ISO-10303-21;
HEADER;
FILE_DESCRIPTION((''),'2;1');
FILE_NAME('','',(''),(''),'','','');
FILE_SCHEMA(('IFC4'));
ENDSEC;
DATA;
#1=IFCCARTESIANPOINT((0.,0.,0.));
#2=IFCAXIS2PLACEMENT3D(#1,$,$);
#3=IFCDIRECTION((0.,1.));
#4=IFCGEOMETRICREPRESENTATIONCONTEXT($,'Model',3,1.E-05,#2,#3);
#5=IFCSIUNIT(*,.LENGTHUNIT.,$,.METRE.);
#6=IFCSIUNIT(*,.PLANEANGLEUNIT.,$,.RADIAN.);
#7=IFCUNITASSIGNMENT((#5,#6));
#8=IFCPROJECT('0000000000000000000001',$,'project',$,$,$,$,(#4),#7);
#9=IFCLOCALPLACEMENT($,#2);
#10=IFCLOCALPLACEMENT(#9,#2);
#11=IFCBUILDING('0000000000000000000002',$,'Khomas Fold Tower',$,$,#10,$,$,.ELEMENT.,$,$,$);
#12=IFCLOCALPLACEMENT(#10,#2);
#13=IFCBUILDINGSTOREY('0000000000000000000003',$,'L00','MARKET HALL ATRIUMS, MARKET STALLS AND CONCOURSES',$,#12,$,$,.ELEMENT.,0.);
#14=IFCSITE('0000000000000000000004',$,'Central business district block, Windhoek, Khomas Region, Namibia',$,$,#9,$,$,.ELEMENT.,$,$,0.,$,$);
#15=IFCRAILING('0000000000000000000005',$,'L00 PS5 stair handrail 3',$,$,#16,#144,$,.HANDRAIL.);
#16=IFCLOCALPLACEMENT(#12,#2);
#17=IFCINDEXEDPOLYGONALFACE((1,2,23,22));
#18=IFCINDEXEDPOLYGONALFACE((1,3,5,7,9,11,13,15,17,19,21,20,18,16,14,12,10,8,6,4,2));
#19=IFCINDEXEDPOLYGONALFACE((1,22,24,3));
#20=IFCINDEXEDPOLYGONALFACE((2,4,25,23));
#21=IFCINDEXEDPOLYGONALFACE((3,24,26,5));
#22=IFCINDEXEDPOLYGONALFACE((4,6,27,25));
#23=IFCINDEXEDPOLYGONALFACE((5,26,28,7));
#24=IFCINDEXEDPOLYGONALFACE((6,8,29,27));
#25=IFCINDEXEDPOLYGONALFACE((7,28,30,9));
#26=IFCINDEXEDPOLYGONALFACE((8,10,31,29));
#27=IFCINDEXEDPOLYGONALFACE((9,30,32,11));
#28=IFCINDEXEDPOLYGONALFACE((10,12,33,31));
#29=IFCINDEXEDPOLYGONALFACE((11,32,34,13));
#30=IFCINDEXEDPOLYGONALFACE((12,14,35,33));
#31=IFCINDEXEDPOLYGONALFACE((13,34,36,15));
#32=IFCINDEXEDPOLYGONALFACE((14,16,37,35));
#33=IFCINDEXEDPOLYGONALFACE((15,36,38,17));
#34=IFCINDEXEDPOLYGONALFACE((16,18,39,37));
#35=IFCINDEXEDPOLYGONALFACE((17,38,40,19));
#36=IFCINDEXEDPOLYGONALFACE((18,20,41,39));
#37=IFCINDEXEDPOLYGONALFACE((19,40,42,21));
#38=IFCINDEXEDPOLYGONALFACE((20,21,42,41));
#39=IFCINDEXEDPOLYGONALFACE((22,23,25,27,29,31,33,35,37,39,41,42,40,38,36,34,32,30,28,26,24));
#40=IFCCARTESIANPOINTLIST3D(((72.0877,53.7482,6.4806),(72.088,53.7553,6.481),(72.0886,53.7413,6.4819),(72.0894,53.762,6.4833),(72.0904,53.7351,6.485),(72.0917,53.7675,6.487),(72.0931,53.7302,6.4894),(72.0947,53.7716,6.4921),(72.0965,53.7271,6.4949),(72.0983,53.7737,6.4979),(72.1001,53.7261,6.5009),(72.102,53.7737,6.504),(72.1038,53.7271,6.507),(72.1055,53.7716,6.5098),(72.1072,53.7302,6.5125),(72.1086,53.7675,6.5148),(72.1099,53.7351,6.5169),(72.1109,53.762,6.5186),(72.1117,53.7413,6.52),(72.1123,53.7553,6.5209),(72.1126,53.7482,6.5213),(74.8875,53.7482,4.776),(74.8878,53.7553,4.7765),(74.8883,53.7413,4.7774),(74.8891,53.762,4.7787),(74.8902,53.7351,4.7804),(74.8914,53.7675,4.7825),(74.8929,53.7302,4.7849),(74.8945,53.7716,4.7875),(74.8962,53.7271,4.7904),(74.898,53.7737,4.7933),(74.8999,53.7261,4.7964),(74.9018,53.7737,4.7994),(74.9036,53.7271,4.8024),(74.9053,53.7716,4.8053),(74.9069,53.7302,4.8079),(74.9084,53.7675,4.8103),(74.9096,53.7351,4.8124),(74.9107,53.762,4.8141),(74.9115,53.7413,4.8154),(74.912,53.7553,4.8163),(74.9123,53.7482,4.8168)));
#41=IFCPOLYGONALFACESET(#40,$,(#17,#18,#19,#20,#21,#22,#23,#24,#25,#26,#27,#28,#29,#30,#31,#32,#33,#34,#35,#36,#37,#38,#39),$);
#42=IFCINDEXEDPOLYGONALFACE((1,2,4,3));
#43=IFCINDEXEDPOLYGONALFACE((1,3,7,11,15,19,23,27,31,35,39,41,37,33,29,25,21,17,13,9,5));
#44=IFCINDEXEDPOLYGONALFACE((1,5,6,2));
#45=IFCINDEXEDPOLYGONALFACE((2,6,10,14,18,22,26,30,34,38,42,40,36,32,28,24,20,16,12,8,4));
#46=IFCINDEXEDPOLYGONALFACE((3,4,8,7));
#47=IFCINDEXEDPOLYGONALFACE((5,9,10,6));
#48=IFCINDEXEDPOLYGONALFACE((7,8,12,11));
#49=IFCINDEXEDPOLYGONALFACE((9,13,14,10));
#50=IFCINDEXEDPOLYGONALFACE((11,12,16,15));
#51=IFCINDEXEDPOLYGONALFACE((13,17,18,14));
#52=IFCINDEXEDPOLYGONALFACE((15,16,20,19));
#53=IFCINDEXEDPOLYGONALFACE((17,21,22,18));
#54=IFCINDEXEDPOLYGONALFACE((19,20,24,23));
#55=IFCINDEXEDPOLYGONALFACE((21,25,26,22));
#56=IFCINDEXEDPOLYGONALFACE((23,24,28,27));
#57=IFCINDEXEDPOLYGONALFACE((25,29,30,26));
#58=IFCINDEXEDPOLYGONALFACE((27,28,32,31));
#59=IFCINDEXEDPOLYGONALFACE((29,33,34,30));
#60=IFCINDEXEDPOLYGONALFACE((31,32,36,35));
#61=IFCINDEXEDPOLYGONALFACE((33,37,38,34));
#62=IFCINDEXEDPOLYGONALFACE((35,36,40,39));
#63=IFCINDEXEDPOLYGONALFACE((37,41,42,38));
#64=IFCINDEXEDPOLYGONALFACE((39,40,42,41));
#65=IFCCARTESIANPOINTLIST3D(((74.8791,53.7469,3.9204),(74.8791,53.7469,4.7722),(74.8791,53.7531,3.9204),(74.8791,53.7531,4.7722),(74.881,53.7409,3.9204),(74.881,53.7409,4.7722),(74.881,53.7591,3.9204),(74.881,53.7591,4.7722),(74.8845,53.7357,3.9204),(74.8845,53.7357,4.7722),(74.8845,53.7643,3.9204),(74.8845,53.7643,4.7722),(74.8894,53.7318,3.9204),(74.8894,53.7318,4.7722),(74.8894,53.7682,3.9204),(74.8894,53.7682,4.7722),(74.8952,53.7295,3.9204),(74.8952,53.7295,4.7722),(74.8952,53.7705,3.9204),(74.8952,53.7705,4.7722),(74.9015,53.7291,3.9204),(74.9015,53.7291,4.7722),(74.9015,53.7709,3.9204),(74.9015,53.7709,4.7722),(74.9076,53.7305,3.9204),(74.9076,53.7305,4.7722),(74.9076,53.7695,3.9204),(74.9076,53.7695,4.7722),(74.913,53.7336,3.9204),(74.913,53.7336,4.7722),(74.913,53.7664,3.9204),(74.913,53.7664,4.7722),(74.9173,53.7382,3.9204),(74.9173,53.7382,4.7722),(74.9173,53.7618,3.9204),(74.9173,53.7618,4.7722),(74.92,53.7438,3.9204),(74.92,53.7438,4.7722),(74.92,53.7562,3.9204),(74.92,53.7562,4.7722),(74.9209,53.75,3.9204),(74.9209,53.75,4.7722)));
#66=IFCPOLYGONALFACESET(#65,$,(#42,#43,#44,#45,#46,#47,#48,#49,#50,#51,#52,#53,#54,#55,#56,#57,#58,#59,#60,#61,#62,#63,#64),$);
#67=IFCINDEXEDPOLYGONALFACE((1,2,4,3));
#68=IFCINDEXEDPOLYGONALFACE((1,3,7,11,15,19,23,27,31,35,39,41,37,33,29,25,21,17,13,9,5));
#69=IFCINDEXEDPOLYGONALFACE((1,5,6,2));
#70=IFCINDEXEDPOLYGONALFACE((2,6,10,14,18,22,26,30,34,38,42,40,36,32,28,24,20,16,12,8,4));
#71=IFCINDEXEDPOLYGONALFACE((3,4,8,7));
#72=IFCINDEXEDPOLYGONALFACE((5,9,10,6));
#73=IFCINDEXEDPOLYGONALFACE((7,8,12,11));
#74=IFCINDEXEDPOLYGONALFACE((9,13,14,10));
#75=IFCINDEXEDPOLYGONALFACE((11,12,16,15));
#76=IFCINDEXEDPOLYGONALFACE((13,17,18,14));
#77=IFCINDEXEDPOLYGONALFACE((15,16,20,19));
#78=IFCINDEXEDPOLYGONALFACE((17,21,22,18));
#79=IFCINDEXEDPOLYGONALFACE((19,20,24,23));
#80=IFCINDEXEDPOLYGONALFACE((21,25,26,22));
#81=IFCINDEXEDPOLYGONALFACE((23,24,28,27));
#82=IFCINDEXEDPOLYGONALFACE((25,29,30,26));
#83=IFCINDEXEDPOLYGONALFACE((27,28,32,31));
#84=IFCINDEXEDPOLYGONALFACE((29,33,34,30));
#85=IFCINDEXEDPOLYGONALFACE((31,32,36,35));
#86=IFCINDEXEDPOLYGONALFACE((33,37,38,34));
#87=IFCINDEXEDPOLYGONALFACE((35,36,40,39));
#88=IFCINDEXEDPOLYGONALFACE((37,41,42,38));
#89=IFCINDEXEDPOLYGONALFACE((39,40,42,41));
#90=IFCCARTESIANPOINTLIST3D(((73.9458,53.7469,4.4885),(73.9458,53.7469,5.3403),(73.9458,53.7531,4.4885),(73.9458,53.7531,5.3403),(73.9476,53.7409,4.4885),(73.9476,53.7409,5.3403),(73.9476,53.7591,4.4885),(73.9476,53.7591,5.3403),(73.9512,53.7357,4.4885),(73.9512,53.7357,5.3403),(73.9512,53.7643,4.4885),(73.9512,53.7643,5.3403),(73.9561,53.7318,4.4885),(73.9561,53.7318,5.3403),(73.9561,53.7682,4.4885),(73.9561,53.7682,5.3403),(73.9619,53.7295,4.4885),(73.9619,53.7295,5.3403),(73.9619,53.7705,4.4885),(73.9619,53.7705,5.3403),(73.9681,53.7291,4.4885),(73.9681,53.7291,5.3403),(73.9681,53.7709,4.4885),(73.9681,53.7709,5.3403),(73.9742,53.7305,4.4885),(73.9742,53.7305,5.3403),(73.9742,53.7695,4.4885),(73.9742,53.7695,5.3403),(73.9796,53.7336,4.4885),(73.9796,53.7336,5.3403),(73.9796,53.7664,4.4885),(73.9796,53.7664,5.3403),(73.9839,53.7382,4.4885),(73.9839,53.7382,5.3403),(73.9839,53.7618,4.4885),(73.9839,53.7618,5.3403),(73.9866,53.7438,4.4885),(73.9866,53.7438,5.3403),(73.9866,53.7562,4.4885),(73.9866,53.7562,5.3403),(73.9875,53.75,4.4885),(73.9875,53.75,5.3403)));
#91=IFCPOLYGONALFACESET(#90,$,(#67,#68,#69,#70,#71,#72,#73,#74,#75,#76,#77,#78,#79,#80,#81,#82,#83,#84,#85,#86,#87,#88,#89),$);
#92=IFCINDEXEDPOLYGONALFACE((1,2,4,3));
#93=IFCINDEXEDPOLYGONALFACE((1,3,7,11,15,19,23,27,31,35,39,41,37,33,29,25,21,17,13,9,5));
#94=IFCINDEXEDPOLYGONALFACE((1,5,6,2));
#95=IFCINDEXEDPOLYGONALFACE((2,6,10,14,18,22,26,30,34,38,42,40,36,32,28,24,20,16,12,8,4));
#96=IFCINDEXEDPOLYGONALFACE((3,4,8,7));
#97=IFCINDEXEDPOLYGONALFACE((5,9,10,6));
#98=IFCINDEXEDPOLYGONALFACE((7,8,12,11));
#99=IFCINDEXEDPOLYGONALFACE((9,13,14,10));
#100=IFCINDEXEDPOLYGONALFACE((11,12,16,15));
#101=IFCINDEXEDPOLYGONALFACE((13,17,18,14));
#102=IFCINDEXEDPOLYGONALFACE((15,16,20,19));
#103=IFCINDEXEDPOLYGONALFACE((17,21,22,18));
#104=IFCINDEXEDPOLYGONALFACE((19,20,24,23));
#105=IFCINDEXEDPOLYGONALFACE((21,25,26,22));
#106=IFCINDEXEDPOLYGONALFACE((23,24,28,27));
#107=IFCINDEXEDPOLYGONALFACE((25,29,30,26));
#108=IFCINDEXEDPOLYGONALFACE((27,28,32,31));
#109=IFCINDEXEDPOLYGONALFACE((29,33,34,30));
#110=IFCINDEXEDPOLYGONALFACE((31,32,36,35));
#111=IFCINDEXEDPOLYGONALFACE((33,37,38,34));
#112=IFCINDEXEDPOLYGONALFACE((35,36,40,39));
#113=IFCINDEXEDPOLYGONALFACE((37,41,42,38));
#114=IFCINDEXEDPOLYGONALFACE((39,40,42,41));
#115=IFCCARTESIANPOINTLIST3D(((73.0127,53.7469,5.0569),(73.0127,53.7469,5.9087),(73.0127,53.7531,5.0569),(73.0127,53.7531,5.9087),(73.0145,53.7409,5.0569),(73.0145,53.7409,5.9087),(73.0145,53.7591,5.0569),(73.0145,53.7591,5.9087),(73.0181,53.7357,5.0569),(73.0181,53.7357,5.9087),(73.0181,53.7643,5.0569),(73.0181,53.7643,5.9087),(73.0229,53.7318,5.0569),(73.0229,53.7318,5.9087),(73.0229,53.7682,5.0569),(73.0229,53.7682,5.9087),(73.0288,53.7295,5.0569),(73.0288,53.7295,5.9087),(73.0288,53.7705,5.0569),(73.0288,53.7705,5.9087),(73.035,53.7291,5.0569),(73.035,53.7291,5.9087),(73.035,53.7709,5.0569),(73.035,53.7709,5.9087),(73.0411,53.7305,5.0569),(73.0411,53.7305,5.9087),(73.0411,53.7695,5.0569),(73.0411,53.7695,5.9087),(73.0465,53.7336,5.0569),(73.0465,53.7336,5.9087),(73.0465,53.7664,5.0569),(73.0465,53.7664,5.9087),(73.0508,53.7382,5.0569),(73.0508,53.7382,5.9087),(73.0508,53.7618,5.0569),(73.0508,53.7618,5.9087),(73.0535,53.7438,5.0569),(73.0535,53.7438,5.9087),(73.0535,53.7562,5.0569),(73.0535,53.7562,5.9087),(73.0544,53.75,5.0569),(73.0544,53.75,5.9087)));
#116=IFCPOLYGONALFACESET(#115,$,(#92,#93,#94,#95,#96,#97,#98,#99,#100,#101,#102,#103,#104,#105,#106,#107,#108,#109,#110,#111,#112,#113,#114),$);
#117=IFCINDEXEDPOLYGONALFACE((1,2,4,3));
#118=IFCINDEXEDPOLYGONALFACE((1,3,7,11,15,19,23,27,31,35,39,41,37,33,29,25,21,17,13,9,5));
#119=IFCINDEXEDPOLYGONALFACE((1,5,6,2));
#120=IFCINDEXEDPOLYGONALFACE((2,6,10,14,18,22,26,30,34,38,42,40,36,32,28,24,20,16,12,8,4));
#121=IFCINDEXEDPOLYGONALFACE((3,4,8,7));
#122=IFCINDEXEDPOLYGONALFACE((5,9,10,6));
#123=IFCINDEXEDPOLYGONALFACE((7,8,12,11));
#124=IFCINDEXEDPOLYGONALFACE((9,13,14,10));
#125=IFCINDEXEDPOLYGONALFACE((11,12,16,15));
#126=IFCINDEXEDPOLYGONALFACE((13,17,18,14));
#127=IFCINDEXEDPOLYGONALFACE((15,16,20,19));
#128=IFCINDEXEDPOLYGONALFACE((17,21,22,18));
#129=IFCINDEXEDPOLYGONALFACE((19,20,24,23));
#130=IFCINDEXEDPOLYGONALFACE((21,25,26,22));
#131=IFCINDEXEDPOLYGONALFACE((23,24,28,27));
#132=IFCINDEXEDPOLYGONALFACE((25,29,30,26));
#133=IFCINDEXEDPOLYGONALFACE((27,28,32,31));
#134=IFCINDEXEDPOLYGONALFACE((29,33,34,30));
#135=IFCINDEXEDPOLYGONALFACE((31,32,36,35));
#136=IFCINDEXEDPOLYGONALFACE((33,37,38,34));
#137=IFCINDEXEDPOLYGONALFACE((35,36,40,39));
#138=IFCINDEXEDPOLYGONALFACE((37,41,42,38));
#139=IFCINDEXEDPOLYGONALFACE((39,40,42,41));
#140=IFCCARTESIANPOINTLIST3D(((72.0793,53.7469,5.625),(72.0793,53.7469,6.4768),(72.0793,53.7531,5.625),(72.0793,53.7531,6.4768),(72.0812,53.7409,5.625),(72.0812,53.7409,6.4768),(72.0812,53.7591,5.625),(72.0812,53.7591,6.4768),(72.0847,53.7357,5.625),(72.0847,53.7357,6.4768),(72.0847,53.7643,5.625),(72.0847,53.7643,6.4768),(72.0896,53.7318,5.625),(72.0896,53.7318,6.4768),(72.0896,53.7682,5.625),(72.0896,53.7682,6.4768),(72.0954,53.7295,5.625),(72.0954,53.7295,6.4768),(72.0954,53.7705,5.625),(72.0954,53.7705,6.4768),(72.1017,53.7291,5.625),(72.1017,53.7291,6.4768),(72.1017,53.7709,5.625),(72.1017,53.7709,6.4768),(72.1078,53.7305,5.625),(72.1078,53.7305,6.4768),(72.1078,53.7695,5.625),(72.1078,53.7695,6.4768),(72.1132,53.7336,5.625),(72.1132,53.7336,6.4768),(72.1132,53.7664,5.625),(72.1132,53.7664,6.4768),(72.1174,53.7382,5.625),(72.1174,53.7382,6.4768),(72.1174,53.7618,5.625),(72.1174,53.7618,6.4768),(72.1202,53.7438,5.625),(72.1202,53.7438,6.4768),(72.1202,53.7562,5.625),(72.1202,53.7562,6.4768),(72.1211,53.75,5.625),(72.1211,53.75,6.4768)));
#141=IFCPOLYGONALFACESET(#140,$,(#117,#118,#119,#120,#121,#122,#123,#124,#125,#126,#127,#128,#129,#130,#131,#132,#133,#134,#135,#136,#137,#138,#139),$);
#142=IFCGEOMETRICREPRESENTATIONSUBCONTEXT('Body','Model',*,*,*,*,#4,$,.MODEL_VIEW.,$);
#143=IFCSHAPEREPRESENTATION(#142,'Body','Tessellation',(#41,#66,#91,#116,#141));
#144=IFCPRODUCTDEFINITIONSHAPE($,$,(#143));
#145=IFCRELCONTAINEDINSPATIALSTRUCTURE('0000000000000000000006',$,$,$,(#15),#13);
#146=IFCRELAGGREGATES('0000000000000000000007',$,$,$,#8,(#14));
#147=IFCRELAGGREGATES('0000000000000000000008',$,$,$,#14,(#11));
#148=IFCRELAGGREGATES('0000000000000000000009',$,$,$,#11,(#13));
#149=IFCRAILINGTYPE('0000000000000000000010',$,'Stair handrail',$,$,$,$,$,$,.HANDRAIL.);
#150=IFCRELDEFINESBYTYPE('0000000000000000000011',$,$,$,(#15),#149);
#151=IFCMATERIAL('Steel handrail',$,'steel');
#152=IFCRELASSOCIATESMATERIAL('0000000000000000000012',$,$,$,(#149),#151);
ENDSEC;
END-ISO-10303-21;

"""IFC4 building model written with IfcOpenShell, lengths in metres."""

from ifc_helpers import new_model, si_unit, direction, frame, origin, origin_2d, place, context, subcontext, project, spatial, circle, extrude, source, transform, mapped, material, type_object, element, save


model = new_model("IFC4")

# Units and contexts
model_context = context("Model", 3, precision=1e-05, world=origin(), true_north=direction((0.0, 1.0)))
body_context = subcontext(model_context, "Body", "Model", "MODEL_VIEW")
ifc_project = project(units=[si_unit("LENGTHUNIT", "METRE"), si_unit("PLANEANGLEUNIT", "RADIAN")], contexts=[model_context])

# Site, building, storey
site_placement = place(None, origin())
site = spatial("IfcSite", under=ifc_project, at=site_placement, Name="Central business district block, Windhoek, Khomas Region, Namibia", CompositionType="ELEMENT", RefElevation=0.0)
building_placement = place(site_placement, origin())
building = spatial("IfcBuilding", under=site, at=building_placement, Name="Khomas Fold Tower", CompositionType="ELEMENT")
storey_placement = place(building_placement, origin())
storey = spatial("IfcBuildingStorey", under=building, at=storey_placement, Name="L00", Description="MARKET HALL ATRIUMS, MARKET STALLS AND CONCOURSES", CompositionType="ELEMENT", Elevation=0.0)

# Railing
ifc_material_1 = material(Name="Steel handrail", Category="steel")
railing_type_1 = type_object("IfcRailingType", Name="Stair handrail", PredefinedType="HANDRAIL", material=ifc_material_1)
shared_shape_1 = source(origin(), body_context, "Body", "SweptSolid", [
    extrude(circle(Radius=0.0239, at=origin_2d()), frame((0.0, 0.0, 0.876), z_axis=(-0.85415, 0.0, 0.520027), x_axis=(0.0, -1.0, 0.0)), (0.0, 0.0, 1.0), 3.2778),
    extrude(circle(Radius=0.021, at=origin_2d()), origin(), (0.0, 0.0, 1.0), 0.8518),
    extrude(circle(Radius=0.021, at=origin_2d()), frame((-0.9333, 0.0, 0.5681)), (0.0, 0.0, 1.0), 0.8518),
    extrude(circle(Radius=0.021, at=origin_2d()), frame((-1.8665, 0.0, 1.1365)), (0.0, 0.0, 1.0), 0.8518),
    extrude(circle(Radius=0.021, at=origin_2d()), frame((-2.7998, 0.0, 1.7046)), (0.0, 0.0, 1.0), 0.8518),
])
for number, where, name in (
    (1, (74.8999, 53.75, 3.9204), "L00 PS5 stair handrail 3"),
):
    element("IfcRailing", number, at=place(storey_placement, frame(where)), inside=storey, type_object=railing_type_1, Name=name, PredefinedType="HANDRAIL", context=body_context, shape_type="MappedRepresentation", body=[
        mapped(shared_shape_1, transform((0.0, 0.0, 0.0))),
    ])

save(model, "model.ifc")
